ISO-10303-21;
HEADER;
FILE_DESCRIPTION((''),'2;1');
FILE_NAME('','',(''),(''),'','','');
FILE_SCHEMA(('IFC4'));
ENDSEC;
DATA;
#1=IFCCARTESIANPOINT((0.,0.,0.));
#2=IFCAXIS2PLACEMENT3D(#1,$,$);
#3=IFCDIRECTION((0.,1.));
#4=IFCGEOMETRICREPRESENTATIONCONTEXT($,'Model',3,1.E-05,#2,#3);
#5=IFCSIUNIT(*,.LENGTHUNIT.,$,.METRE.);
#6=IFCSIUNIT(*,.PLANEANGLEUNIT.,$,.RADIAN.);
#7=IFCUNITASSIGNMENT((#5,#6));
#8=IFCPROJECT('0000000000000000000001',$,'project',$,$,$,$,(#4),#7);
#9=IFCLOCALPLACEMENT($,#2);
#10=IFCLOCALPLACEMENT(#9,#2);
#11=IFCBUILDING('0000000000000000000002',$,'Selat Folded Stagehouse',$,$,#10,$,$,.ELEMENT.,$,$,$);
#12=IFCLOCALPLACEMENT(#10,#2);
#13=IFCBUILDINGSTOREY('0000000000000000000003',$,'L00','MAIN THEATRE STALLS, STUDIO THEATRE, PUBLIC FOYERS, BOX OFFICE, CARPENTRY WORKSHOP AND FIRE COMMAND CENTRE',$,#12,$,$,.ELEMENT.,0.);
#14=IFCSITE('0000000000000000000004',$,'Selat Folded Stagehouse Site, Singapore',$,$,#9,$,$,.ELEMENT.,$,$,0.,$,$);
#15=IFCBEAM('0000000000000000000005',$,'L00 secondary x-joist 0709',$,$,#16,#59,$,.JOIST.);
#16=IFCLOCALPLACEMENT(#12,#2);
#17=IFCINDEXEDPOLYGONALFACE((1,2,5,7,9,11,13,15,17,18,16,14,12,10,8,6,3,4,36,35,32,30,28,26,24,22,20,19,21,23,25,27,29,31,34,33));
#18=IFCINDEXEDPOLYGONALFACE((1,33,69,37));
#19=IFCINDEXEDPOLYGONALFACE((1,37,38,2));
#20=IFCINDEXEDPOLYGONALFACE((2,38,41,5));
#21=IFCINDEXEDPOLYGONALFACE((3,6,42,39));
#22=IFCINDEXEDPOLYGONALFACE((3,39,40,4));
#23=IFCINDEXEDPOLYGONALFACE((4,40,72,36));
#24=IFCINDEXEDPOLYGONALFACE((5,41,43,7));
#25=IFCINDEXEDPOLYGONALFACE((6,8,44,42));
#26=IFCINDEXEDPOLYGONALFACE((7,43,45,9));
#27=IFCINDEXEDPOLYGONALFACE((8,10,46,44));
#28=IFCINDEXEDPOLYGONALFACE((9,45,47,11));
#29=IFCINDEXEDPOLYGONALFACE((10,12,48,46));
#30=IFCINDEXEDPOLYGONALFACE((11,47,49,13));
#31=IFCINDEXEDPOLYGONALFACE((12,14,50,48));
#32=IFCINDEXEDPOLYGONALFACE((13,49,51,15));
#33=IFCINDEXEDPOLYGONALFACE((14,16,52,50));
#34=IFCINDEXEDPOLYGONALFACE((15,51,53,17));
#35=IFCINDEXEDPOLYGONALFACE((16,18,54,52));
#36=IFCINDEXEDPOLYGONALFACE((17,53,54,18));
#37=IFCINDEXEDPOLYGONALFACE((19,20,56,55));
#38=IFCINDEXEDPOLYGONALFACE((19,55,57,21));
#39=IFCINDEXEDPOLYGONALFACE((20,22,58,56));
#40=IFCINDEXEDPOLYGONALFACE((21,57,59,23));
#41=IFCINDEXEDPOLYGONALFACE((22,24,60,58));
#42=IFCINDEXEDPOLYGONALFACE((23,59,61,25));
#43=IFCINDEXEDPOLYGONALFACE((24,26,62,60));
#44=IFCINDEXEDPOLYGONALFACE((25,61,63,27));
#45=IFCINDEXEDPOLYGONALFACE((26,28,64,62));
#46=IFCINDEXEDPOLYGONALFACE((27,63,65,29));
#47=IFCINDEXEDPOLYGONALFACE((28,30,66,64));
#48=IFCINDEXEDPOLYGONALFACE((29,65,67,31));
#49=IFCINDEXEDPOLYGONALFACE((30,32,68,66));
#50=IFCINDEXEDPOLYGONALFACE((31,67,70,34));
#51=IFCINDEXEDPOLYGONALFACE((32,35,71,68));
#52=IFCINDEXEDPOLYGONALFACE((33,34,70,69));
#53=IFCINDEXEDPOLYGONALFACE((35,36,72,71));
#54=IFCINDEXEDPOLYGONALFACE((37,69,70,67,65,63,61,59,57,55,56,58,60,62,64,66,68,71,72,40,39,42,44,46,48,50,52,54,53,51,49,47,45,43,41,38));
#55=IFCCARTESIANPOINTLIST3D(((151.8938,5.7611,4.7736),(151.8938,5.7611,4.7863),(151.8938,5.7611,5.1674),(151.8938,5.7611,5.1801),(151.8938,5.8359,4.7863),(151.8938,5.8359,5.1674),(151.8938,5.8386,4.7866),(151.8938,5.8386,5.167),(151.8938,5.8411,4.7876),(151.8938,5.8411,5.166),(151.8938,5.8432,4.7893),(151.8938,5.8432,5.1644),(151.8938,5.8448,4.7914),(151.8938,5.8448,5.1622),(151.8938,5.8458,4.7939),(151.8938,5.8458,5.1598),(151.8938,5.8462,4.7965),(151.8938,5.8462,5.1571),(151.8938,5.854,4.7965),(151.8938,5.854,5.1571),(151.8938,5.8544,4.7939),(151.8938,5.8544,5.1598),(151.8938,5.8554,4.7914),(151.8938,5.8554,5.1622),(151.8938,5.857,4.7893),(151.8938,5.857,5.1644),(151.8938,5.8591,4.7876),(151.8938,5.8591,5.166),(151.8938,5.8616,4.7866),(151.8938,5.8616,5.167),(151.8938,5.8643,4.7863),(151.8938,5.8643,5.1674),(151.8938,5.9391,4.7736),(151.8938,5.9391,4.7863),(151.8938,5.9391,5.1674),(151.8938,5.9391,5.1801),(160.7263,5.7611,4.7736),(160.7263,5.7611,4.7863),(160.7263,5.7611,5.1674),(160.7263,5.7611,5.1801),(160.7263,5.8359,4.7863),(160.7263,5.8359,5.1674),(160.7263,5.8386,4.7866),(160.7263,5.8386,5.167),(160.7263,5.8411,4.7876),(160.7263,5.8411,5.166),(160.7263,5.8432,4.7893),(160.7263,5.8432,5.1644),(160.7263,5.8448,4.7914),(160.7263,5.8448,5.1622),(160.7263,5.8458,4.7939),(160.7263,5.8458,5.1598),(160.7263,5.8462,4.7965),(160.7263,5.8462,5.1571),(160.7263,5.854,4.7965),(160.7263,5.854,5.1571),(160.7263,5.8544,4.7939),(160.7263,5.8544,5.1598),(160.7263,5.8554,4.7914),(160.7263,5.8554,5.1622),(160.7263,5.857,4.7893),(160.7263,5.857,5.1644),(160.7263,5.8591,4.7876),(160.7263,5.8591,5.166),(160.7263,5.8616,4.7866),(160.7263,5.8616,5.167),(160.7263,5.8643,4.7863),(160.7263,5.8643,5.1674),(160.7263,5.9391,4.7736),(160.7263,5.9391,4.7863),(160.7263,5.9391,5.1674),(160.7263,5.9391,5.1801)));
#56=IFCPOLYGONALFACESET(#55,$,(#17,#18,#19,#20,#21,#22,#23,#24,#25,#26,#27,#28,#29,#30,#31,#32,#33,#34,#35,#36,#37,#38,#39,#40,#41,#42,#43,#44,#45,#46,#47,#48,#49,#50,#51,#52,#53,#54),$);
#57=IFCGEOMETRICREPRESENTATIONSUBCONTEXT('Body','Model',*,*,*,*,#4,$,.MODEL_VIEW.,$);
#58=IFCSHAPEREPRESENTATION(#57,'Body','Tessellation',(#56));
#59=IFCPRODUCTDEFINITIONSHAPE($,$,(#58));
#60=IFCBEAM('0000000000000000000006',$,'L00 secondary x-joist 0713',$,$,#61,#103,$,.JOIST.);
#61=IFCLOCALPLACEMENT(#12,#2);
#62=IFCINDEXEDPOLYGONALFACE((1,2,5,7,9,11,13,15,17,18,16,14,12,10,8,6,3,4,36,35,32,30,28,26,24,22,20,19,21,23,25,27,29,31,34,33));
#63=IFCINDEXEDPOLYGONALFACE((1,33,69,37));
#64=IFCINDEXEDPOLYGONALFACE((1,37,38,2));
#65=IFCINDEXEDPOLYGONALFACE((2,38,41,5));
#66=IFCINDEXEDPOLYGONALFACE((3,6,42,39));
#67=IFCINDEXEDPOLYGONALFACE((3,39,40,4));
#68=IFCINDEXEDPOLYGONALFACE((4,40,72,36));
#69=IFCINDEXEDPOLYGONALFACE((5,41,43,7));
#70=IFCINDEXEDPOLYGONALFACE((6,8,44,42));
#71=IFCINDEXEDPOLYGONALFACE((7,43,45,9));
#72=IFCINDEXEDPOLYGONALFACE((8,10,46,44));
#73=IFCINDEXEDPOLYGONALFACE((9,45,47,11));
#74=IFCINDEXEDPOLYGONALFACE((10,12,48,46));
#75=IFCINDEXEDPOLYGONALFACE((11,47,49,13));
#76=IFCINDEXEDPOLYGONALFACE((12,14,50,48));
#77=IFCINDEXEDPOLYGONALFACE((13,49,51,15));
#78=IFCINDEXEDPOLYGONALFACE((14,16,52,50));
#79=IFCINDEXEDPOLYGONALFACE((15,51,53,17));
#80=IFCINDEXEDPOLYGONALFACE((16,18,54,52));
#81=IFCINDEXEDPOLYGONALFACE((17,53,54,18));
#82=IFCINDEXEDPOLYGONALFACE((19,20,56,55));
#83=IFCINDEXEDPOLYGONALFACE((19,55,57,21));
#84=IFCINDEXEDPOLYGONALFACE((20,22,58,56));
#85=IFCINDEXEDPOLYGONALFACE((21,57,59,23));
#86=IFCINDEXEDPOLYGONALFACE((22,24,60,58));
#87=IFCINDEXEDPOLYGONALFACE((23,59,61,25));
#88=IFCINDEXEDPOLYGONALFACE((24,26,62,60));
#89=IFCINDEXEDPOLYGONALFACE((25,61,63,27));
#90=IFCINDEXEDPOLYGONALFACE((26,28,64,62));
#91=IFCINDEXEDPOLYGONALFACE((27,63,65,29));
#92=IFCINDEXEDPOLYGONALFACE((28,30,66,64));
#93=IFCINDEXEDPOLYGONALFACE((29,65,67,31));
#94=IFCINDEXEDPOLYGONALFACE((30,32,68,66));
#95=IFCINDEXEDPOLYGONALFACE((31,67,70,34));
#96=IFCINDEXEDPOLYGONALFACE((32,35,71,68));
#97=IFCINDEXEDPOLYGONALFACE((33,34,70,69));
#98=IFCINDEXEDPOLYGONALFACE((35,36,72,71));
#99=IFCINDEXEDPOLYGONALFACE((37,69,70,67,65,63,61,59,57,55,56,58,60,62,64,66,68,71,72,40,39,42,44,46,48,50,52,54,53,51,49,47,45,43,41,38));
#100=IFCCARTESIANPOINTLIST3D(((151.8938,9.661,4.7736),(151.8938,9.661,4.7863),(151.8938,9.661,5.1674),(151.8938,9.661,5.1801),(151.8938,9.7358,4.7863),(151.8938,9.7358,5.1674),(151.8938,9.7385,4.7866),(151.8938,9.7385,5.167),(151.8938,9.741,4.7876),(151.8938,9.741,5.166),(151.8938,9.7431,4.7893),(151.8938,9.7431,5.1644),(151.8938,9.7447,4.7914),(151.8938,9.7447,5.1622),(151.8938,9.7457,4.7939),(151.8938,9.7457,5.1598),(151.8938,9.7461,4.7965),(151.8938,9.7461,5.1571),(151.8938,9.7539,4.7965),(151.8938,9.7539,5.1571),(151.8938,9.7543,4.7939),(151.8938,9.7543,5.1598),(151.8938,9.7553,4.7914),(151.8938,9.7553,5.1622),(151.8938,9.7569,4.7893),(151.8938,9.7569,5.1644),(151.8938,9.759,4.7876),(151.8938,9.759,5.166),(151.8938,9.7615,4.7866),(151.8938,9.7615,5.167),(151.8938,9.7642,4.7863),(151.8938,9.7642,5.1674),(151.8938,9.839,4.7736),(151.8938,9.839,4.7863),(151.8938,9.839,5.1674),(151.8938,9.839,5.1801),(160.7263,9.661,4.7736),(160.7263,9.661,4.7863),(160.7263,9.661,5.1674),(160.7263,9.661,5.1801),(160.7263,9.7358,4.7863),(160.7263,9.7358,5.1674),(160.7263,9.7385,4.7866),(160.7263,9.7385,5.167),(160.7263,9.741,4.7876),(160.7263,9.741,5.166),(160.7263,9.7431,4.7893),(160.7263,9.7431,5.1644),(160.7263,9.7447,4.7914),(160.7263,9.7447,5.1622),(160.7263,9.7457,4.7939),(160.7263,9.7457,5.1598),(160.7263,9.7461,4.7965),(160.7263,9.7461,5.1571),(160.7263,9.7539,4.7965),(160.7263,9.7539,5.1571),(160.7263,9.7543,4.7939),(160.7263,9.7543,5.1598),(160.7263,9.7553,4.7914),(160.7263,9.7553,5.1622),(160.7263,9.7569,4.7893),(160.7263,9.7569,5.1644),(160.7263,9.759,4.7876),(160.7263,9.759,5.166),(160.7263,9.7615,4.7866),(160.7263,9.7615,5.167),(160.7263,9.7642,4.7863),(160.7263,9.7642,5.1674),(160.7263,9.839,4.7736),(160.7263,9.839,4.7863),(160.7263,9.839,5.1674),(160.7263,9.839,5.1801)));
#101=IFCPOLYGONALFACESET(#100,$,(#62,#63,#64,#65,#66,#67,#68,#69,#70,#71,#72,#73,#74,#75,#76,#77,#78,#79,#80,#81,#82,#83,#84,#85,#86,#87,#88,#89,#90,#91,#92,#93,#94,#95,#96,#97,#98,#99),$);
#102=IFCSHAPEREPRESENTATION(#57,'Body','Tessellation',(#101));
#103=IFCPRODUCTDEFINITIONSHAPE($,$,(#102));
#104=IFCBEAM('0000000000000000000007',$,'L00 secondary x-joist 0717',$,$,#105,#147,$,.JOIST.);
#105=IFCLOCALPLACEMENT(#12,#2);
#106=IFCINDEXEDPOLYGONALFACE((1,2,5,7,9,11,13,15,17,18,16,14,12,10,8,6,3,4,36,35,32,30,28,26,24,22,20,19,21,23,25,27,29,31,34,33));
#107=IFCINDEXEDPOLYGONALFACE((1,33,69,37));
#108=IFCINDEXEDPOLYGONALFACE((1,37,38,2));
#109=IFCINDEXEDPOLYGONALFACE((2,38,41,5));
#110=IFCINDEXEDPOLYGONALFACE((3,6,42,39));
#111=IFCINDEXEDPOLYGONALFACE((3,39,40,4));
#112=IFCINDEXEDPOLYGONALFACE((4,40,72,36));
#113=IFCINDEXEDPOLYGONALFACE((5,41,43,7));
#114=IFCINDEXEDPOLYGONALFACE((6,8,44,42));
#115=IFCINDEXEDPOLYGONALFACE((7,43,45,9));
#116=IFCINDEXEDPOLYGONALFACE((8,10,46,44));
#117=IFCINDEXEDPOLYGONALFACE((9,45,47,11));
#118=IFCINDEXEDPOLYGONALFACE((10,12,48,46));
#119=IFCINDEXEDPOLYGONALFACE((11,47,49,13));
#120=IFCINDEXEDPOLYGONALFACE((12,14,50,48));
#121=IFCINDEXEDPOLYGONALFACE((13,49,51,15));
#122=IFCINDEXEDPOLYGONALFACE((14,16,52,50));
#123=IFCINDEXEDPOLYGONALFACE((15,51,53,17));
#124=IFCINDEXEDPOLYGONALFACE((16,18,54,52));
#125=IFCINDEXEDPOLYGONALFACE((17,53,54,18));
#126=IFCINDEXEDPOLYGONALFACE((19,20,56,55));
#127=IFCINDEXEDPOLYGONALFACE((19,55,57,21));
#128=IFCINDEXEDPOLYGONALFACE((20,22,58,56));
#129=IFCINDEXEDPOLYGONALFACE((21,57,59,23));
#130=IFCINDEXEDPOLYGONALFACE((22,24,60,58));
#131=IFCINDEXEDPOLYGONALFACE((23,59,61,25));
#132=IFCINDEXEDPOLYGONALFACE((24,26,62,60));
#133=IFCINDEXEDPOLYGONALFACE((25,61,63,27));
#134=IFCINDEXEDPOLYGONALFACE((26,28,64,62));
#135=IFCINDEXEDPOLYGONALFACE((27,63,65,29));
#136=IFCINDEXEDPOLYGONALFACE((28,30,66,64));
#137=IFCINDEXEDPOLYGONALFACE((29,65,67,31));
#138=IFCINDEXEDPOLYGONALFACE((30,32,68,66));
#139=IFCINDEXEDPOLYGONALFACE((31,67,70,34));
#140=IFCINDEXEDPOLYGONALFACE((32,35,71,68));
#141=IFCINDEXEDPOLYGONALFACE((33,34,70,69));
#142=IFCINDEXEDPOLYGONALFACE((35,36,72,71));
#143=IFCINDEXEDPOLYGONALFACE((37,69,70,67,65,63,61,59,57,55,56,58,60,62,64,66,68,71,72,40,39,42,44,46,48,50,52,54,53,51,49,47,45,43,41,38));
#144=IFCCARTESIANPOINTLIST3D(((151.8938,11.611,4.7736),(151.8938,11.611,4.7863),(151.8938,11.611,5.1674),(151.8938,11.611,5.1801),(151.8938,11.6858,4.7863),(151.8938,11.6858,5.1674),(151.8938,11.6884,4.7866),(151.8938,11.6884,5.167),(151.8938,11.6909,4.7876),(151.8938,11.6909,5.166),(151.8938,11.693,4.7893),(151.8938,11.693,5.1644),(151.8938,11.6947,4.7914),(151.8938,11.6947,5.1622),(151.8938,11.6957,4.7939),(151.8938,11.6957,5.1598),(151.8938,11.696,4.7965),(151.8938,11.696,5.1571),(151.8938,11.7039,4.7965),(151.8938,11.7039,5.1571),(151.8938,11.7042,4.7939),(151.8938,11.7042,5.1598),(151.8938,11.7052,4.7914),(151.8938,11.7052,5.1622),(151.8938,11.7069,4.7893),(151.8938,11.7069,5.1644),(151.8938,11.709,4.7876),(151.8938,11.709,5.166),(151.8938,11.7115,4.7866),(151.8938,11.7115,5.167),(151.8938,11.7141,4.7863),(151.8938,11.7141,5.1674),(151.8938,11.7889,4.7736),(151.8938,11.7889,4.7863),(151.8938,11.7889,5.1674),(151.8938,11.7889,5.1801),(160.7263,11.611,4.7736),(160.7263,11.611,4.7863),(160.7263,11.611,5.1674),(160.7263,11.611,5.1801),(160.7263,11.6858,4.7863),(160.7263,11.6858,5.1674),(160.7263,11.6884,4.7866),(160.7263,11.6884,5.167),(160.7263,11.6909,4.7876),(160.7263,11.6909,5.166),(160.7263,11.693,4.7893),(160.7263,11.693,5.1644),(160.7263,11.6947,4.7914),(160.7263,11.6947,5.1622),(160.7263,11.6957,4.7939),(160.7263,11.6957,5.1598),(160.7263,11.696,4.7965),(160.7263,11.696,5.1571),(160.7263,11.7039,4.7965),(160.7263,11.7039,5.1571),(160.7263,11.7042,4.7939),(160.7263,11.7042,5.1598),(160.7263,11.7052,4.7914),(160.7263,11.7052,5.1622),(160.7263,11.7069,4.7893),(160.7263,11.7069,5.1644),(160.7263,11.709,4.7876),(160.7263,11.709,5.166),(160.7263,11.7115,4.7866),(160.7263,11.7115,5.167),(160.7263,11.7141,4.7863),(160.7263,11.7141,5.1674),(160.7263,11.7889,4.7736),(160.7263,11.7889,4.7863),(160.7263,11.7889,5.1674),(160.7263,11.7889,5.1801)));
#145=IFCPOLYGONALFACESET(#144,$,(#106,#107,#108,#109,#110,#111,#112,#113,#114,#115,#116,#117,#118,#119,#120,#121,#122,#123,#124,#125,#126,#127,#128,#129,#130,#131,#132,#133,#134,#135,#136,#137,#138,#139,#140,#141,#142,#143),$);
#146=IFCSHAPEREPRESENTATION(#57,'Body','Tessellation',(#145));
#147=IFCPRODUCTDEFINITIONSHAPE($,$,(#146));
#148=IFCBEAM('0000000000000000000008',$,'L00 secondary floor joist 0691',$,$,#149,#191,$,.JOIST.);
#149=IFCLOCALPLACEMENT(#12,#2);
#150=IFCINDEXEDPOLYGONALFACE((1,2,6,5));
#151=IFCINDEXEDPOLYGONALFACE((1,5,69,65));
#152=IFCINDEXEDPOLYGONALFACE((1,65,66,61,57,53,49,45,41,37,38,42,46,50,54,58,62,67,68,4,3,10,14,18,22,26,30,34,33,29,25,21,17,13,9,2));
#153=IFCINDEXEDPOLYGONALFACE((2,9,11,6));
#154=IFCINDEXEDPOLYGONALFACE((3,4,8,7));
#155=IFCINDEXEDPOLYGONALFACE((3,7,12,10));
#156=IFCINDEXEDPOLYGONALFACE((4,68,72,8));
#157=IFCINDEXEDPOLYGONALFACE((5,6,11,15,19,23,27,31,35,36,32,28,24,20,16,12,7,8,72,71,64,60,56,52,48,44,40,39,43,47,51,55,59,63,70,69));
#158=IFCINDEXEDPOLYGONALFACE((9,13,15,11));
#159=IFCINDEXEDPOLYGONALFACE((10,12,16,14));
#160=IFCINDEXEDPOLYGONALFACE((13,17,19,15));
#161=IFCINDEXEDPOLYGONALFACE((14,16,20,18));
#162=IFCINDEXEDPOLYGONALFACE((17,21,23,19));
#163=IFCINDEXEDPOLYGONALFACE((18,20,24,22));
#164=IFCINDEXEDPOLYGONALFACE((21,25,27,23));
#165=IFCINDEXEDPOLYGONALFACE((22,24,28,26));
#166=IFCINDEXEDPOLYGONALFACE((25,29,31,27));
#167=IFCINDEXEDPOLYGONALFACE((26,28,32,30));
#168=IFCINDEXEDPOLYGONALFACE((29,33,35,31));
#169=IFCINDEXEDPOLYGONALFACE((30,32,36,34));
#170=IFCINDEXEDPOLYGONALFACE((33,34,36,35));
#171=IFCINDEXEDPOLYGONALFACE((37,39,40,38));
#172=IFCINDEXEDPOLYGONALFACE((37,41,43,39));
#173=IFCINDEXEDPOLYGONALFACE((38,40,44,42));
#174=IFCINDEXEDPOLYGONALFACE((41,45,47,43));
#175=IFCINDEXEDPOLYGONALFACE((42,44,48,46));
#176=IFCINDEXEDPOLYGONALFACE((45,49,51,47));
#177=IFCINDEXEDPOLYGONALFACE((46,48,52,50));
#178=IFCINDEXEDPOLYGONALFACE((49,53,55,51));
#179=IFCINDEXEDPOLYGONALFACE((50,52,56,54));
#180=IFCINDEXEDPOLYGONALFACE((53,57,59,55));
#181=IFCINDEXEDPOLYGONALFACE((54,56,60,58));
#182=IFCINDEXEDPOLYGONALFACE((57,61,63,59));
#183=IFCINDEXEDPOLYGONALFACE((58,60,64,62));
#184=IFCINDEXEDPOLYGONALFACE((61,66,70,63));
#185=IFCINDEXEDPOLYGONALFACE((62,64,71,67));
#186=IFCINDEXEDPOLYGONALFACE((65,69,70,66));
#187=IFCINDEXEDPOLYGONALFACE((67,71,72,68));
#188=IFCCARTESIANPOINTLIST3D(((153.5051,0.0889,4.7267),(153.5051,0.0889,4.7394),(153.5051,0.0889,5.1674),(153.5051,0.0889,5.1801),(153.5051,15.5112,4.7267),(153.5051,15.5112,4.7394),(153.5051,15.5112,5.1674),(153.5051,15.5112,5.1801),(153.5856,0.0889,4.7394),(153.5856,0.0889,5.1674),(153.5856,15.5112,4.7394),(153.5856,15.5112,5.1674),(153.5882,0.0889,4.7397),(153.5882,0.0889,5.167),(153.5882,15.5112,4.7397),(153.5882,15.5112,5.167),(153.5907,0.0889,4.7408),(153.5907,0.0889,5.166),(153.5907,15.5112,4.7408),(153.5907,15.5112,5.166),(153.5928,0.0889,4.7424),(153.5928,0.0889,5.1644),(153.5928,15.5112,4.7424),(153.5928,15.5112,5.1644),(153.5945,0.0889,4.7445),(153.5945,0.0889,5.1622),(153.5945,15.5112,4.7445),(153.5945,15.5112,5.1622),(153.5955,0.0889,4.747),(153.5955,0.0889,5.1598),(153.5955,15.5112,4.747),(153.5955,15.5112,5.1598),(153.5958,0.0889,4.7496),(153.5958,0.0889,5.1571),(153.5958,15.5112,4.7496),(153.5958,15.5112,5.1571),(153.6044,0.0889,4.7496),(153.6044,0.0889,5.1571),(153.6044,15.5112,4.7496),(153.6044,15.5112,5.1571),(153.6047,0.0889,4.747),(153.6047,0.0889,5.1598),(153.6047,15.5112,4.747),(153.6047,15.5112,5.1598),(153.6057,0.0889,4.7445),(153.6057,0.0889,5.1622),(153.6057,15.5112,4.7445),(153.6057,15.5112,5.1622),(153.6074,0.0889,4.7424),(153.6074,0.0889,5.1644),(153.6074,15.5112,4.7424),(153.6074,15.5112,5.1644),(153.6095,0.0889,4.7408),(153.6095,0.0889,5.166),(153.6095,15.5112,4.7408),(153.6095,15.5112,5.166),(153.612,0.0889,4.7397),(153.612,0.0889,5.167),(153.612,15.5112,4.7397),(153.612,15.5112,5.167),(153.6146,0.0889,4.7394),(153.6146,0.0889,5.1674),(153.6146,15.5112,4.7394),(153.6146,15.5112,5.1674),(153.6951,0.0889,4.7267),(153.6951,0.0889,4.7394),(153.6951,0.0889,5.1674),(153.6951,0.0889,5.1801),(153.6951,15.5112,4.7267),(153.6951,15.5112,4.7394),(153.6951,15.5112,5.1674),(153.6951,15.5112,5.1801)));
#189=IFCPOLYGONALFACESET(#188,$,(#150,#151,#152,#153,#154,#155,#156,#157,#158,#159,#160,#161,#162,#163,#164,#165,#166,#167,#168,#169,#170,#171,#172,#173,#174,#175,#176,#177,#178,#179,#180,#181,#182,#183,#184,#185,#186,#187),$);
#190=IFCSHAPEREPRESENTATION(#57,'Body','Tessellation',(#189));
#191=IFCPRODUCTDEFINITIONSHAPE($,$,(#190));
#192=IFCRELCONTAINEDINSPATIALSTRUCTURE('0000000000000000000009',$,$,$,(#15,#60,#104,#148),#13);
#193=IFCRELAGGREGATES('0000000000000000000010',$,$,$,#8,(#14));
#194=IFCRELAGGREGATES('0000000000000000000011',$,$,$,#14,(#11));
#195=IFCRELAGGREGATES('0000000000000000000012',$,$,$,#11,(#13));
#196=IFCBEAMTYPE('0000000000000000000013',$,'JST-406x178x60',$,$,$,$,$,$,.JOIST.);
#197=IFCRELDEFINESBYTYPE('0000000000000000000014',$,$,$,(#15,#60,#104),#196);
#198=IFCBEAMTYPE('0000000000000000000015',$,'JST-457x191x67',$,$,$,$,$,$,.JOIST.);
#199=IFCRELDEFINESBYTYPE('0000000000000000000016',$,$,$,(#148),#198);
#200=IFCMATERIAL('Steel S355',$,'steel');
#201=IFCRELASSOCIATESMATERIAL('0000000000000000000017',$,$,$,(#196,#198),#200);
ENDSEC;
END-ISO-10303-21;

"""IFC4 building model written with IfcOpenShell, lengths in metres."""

from ifc_helpers import new_model, si_unit, direction, frame, origin, origin_2d, place, context, subcontext, project, spatial, i_section, extrude, material, material_profile, profile_set, type_object, element, save


model = new_model("IFC4")

# Units and contexts
model_context = context("Model", 3, precision=1e-05, world=origin(), true_north=direction((0.0, 1.0)))
body_context = subcontext(model_context, "Body", "Model", "MODEL_VIEW")
ifc_project = project(units=[si_unit("LENGTHUNIT", "METRE"), si_unit("PLANEANGLEUNIT", "RADIAN")], contexts=[model_context])

# Site, building, storey
site_placement = place(None, origin())
site = spatial("IfcSite", under=ifc_project, at=site_placement, Name="Selat Folded Stagehouse Site, Singapore", CompositionType="ELEMENT", RefElevation=0.0)
building_placement = place(site_placement, origin())
building = spatial("IfcBuilding", under=site, at=building_placement, Name="Selat Folded Stagehouse", CompositionType="ELEMENT")
storey_placement = place(building_placement, origin())
storey = spatial("IfcBuildingStorey", under=building, at=storey_placement, Name="L00", Description="MAIN THEATRE STALLS, STUDIO THEATRE, PUBLIC FOYERS, BOX OFFICE, CARPENTRY WORKSHOP AND FIRE COMMAND CENTRE", CompositionType="ELEMENT", Elevation=0.0)

# Shared definitions
ifc_material_1 = material(Name="Steel S355", Category="steel")

# Beams
ifc_material_profile_1 = material_profile(ifc_material_1, i_section(OverallWidth=0.178, OverallDepth=0.4065, WebThickness=0.0078, FlangeThickness=0.0127, FilletRadius=0.0103, at=origin_2d()), Name="UKB 406x178x60")
ifc_profile_set_1 = profile_set([ifc_material_profile_1], Name="Steel S355")
beam_type_1 = type_object("IfcBeamType", Name="JST-406x178x60", PredefinedType="JOIST", material=ifc_profile_set_1)
for number, where, z_axis, x_axis, name in (
    (1, (151.8938, 5.8501, 4.9768), (1.0, 0.0, 0.0), (0.0, 1.0, 0.0), "L00 secondary x-joist 0709"),
    (2, (151.8938, 9.75, 4.9768), (1.0, 0.0, 0.0), (0.0, 1.0, 0.0), "L00 secondary x-joist 0713"),
    (3, (151.8938, 11.7, 4.9768), (1.0, 0.0, 0.0), (0.0, 1.0, 0.0), "L00 secondary x-joist 0717"),
):
    element("IfcBeam", number, at=place(storey_placement, frame(where, z_axis=z_axis, x_axis=x_axis)), inside=storey, type_object=beam_type_1, Name=name, PredefinedType="JOIST", context=body_context, shape_type="SweptSolid", body=[
        extrude(i_section(OverallWidth=0.178, OverallDepth=0.4065, WebThickness=0.0078, FlangeThickness=0.0127, FilletRadius=0.0103, at=origin_2d()), origin(), (0.0, 0.0, 1.0), 8.8325),
    ])
ifc_material_profile_2 = material_profile(ifc_material_1, i_section(OverallWidth=0.1899, OverallDepth=0.4534, WebThickness=0.0085, FlangeThickness=0.0127, FilletRadius=0.0103, at=origin_2d()), Name="UKB 457x191x67")
ifc_profile_set_2 = profile_set([ifc_material_profile_2], Name="Steel S355")
beam_type_2 = type_object("IfcBeamType", Name="JST-457x191x67", PredefinedType="JOIST", material=ifc_profile_set_2)
for number, where, z_axis, x_axis, name in (
    (4, (153.6001, 0.0889, 4.9534), (0.0, 1.0, 0.0), (-1.0, 0.0, 0.0), "L00 secondary floor joist 0691"),
):
    element("IfcBeam", number, at=place(storey_placement, frame(where, z_axis=z_axis, x_axis=x_axis)), inside=storey, type_object=beam_type_2, Name=name, PredefinedType="JOIST", context=body_context, shape_type="SweptSolid", body=[
        extrude(i_section(OverallWidth=0.1899, OverallDepth=0.4534, WebThickness=0.0085, FlangeThickness=0.0127, FilletRadius=0.0103, at=origin_2d()), origin(), (0.0, 0.0, 1.0), 15.4224),
    ])

save(model, "model.ifc")
